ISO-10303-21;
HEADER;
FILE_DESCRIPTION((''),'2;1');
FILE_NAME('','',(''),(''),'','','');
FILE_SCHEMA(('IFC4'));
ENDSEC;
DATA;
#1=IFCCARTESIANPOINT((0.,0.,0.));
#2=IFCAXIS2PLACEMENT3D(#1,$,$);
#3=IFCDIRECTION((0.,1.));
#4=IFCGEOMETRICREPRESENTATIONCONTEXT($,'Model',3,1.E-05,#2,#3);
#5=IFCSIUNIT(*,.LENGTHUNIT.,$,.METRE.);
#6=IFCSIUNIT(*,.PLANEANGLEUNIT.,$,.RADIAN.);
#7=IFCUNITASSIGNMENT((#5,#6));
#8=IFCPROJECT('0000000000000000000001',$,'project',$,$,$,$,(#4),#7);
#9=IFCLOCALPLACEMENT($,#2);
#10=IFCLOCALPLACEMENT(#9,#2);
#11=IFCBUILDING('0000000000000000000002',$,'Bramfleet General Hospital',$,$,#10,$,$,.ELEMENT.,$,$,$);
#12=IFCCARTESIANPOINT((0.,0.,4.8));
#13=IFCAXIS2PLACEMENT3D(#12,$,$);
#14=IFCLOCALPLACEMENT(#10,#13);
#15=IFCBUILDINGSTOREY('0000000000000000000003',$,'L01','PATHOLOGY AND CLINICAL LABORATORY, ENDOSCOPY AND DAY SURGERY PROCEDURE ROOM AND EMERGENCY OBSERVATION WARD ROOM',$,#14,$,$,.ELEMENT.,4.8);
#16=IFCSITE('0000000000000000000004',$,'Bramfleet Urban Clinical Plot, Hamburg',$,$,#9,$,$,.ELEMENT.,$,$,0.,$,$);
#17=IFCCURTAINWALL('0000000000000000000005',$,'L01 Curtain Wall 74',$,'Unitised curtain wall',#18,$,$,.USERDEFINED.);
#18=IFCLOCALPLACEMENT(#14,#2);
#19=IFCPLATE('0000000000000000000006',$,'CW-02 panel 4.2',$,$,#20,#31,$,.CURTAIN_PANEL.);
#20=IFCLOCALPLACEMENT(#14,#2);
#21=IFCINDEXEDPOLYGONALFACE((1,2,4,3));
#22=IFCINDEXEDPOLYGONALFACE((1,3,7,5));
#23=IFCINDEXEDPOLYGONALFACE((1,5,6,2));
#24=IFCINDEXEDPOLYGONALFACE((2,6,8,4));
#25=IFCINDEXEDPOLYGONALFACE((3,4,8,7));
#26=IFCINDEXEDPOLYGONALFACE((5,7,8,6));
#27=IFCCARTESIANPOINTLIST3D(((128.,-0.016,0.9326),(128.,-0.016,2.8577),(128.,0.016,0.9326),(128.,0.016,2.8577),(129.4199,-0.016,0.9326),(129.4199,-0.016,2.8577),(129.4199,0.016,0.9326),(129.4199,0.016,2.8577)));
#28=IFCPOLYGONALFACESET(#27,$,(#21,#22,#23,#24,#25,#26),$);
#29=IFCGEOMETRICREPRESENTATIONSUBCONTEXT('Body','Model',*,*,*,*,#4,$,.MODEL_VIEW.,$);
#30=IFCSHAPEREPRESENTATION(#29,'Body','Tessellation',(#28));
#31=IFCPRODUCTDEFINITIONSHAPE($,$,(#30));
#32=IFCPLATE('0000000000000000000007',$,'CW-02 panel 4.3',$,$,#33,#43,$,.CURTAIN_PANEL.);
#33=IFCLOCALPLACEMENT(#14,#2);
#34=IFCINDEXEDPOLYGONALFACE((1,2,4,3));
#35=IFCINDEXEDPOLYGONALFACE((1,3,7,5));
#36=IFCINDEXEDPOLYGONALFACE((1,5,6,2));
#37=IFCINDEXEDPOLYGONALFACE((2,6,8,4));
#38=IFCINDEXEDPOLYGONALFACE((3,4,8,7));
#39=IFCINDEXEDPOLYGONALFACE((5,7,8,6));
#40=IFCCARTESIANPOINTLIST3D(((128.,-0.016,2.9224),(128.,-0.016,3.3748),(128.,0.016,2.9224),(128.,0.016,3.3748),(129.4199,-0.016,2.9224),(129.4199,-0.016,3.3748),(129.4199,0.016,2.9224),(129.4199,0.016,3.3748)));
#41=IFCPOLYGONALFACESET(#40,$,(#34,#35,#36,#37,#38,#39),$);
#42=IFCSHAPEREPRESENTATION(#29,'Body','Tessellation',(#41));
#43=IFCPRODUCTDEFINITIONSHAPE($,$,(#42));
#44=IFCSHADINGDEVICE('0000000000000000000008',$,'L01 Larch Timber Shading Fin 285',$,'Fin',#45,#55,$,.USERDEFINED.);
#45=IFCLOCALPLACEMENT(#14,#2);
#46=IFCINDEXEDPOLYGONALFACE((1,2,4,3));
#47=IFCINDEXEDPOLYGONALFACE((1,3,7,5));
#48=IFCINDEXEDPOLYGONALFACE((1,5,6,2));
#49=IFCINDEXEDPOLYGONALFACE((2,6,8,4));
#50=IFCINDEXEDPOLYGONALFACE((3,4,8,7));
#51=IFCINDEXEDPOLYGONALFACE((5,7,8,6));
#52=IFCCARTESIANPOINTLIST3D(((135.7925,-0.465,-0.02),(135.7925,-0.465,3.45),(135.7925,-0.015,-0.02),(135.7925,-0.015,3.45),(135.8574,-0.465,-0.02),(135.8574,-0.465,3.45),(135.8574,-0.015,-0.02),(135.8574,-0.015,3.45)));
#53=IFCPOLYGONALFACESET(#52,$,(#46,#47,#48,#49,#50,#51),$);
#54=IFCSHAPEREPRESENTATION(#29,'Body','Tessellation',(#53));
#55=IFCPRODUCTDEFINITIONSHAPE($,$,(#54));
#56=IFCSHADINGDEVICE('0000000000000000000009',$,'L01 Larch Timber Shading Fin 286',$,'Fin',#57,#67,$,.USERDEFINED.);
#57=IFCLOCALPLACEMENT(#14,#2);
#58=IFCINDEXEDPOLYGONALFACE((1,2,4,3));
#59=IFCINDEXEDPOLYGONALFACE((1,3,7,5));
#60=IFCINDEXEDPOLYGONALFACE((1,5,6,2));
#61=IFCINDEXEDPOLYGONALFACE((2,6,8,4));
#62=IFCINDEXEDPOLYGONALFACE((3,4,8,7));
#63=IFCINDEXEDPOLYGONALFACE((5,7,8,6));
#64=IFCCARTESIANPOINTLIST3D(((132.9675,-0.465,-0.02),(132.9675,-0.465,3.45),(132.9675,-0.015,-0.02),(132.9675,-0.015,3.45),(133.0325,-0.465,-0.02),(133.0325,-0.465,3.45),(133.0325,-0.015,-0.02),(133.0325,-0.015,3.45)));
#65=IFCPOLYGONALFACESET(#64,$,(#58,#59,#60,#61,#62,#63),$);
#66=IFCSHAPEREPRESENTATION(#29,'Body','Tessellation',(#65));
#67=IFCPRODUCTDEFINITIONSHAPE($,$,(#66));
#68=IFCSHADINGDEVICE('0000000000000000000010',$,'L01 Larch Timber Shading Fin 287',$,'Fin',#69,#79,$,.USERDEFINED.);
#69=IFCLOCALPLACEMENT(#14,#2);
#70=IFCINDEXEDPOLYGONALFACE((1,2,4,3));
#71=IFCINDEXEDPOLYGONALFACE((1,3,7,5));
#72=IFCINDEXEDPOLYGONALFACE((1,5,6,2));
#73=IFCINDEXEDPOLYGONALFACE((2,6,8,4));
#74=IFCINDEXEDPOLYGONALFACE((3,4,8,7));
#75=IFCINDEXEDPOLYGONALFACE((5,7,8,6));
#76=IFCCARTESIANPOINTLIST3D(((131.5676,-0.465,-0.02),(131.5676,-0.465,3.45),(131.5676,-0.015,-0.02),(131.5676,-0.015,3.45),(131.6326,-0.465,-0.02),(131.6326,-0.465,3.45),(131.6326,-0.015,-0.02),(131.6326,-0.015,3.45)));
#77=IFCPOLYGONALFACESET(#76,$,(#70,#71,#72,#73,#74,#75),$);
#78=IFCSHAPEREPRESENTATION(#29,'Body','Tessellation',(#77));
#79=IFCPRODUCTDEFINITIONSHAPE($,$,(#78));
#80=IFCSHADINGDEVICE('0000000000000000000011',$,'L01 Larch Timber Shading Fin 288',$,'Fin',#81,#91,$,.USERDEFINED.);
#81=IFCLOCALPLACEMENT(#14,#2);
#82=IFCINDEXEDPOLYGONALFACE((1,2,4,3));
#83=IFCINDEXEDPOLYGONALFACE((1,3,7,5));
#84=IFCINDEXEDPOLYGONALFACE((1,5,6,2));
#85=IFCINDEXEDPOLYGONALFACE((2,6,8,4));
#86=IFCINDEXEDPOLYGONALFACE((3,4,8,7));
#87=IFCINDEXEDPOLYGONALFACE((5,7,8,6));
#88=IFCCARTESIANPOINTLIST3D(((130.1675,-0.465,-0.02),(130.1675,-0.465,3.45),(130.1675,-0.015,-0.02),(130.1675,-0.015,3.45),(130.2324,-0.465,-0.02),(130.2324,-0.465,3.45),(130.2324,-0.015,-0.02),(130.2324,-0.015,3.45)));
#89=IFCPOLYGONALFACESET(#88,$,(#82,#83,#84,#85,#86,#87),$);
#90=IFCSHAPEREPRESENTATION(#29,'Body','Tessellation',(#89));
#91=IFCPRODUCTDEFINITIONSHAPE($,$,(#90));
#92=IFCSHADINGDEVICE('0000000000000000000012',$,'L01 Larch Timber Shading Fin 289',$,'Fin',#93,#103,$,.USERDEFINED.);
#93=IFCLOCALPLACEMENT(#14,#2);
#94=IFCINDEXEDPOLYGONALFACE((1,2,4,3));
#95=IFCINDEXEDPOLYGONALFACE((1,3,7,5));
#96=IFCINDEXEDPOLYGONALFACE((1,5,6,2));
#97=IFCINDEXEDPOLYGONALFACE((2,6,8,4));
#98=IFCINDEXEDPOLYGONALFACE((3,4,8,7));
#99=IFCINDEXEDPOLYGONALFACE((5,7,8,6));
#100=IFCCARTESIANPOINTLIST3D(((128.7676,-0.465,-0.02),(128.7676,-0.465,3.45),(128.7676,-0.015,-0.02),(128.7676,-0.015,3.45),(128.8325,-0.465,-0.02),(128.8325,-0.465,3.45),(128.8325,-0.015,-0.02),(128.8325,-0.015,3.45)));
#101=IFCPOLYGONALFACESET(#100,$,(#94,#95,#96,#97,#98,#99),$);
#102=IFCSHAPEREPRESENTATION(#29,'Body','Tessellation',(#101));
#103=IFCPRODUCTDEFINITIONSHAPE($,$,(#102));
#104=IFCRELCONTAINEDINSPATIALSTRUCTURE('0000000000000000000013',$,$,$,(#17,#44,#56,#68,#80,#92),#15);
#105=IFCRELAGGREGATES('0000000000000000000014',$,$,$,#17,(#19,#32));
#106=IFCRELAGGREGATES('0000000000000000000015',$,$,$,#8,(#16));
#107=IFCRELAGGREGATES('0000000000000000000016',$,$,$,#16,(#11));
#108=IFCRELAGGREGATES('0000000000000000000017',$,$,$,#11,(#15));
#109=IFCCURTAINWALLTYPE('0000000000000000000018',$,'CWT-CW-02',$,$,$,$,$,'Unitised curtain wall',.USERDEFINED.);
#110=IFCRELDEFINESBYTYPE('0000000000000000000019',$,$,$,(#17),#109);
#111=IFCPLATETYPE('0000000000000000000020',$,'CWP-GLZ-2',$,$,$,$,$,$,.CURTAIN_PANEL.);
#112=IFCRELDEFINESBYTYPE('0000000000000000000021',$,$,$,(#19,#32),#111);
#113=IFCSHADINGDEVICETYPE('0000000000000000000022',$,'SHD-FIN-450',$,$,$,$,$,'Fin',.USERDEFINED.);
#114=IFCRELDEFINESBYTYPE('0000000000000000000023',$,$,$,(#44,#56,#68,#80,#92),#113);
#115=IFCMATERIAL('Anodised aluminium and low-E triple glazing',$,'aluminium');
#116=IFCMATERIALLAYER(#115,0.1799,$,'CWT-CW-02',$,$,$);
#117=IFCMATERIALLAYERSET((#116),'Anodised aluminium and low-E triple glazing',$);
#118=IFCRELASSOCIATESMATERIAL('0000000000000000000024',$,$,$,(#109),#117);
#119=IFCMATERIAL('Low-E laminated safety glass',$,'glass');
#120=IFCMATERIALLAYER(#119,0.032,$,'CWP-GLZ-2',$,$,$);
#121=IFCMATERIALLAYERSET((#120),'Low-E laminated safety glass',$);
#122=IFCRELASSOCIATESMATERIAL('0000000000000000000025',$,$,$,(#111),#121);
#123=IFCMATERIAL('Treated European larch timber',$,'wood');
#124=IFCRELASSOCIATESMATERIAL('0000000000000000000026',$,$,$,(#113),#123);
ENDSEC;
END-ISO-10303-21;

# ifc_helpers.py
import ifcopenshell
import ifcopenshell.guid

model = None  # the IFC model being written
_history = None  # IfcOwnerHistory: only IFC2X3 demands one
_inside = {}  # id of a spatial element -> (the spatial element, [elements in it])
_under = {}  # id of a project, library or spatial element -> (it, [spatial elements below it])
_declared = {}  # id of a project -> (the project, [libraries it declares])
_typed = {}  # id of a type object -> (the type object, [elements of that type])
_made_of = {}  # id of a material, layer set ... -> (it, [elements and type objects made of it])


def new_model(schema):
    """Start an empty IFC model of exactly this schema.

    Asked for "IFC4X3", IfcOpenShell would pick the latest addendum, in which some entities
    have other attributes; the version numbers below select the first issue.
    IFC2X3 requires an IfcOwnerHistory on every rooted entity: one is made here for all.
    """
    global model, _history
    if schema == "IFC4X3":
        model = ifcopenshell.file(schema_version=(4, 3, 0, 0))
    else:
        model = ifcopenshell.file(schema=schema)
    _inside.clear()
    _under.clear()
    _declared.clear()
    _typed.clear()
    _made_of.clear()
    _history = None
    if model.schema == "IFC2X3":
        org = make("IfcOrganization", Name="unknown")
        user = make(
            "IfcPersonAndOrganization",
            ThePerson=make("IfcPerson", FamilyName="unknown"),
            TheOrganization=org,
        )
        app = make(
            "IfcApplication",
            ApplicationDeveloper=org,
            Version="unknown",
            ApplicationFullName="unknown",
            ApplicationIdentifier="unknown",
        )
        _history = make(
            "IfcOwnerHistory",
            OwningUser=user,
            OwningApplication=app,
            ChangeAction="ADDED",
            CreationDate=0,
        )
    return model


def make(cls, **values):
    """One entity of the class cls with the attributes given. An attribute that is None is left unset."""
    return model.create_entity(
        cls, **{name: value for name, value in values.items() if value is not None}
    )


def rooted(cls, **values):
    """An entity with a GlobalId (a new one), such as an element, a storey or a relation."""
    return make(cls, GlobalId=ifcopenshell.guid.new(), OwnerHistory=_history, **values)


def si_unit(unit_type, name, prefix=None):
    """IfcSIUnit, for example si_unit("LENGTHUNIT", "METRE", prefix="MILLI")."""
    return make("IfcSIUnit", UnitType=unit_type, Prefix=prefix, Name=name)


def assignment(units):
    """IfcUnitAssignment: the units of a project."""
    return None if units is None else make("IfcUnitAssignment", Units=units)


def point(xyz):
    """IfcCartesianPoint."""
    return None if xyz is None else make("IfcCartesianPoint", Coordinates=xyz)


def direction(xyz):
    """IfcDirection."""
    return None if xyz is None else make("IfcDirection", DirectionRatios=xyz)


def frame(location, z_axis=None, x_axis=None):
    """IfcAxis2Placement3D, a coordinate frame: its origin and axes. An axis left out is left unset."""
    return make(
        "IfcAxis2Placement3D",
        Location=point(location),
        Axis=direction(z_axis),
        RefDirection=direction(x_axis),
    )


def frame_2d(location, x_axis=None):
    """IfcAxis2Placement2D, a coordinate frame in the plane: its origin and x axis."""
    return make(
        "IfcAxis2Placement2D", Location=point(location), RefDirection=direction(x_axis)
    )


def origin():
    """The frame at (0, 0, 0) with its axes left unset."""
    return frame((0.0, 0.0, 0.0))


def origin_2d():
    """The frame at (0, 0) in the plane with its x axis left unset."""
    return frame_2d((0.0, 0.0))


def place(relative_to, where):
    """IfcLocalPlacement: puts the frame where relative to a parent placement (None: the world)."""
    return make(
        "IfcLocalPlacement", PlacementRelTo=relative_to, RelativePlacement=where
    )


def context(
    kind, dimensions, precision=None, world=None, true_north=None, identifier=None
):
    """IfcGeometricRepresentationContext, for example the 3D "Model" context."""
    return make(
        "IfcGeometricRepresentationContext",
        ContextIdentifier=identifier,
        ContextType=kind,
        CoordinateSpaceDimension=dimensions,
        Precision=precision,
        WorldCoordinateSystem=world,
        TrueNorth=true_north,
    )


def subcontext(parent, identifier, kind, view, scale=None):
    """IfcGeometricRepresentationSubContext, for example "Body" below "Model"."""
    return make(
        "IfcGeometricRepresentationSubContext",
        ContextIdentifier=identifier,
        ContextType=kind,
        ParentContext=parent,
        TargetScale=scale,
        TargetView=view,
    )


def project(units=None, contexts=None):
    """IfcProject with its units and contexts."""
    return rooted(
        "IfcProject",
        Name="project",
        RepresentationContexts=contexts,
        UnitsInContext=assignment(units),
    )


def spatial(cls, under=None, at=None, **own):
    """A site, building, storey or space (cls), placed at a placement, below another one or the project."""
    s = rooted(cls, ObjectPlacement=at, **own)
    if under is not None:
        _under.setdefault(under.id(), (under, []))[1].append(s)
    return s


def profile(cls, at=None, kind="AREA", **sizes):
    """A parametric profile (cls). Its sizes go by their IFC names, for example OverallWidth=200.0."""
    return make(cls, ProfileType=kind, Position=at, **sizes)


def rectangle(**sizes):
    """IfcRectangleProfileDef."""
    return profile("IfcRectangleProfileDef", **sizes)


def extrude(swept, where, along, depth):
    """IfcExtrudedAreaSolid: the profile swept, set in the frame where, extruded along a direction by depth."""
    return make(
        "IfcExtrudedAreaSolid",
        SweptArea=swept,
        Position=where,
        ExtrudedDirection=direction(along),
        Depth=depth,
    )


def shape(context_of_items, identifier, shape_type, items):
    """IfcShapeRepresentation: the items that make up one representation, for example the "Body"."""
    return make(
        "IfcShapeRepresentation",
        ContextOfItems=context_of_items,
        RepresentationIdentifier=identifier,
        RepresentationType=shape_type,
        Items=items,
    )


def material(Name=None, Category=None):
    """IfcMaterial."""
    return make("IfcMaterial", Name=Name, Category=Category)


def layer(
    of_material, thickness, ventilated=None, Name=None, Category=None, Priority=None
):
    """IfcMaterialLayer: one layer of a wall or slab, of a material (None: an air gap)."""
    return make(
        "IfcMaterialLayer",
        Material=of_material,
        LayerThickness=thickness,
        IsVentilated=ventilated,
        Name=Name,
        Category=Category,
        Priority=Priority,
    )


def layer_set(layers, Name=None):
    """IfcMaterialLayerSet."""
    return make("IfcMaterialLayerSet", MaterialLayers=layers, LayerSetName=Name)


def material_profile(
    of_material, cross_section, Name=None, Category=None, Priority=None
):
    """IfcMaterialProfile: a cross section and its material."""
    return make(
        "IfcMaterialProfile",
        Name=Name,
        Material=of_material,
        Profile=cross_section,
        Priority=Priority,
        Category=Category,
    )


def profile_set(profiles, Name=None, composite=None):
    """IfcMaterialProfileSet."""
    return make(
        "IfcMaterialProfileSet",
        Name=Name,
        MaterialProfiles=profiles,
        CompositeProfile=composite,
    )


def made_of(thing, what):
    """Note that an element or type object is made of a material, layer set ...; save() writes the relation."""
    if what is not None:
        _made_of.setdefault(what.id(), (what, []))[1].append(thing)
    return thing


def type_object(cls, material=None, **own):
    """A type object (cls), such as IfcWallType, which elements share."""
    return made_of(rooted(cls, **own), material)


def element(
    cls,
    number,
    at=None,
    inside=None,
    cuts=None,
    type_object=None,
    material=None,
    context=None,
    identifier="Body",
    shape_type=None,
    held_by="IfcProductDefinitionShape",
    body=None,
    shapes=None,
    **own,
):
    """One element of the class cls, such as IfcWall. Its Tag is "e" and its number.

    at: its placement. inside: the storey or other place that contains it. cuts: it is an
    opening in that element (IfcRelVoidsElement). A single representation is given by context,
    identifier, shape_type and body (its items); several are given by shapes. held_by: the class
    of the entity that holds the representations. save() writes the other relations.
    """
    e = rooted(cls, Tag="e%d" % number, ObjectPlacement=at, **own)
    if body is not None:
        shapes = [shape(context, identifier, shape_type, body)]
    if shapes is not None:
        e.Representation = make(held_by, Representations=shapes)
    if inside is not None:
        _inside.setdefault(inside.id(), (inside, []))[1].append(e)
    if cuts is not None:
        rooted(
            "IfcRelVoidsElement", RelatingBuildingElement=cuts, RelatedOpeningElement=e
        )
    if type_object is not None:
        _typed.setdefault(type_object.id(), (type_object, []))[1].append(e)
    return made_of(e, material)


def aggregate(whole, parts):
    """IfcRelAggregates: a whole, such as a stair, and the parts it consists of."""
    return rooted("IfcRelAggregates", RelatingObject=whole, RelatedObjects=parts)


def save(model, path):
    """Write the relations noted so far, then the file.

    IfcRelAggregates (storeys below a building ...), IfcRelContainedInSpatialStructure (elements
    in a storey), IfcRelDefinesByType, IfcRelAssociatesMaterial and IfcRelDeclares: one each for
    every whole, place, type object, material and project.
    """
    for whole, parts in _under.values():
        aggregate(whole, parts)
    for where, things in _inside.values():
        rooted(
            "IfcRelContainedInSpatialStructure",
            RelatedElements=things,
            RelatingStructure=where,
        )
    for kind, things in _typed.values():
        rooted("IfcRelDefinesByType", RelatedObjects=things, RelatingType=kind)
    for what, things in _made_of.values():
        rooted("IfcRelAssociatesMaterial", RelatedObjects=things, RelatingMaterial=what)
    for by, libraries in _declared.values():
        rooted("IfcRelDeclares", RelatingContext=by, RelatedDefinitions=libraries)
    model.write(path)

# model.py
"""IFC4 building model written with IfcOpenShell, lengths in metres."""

from ifc_helpers import new_model, si_unit, direction, frame, origin, origin_2d, place, context, subcontext, project, spatial, rectangle, extrude, material, layer, layer_set, material_profile, profile_set, type_object, element, aggregate, save


model = new_model("IFC4")

# Units and contexts
model_context = context("Model", 3, precision=1e-05, world=origin(), true_north=direction((0.0, 1.0)))
body_context = subcontext(model_context, "Body", "Model", "MODEL_VIEW")
ifc_project = project(units=[si_unit("LENGTHUNIT", "METRE"), si_unit("PLANEANGLEUNIT", "RADIAN")], contexts=[model_context])

# Site, building, storey
site_placement = place(None, origin())
site = spatial("IfcSite", under=ifc_project, at=site_placement, Name="Bramfleet Urban Clinical Plot, Hamburg", CompositionType="ELEMENT", RefElevation=0.0)
building_placement = place(site_placement, origin())
building = spatial("IfcBuilding", under=site, at=building_placement, Name="Bramfleet General Hospital", CompositionType="ELEMENT")
storey_placement = place(building_placement, frame((0.0, 0.0, 4.8)))
storey = spatial("IfcBuildingStorey", under=building, at=storey_placement, Name="L01", Description="PATHOLOGY AND CLINICAL LABORATORY, ENDOSCOPY AND DAY SURGERY PROCEDURE ROOM AND EMERGENCY OBSERVATION WARD ROOM", CompositionType="ELEMENT", Elevation=4.8)

# Curtain wall, plates
ifc_material_1 = material(Name="Anodised aluminium and low-E triple glazing", Category="aluminium")
ifc_layer_1 = layer(ifc_material_1, 0.1799, Name="CWT-CW-02")
ifc_layer_set_1 = layer_set([ifc_layer_1], Name="Anodised aluminium and low-E triple glazing")
curtain_wall_type = type_object("IfcCurtainWallType", Name="CWT-CW-02", ElementType="Unitised curtain wall", PredefinedType="USERDEFINED", material=ifc_layer_set_1)
curtain_wall_placement = place(storey_placement, origin())
curtain_wall = element("IfcCurtainWall", 1, at=curtain_wall_placement, inside=storey, type_object=curtain_wall_type, Name="L01 Curtain Wall 74", ObjectType="Unitised curtain wall", PredefinedType="USERDEFINED")
ifc_material_2 = material(Name="Low-E laminated safety glass", Category="glass")
ifc_layer_2 = layer(ifc_material_2, 0.032, Name="CWP-GLZ-2")
ifc_layer_set_2 = layer_set([ifc_layer_2], Name="Low-E laminated safety glass")
plate_type = type_object("IfcPlateType", Name="CWP-GLZ-2", PredefinedType="CURTAIN_PANEL", material=ifc_layer_set_2)
plate_1_placement = place(storey_placement, frame((128.71, 0.0, 0.9326), z_axis=(0.0, 0.0, 1.0), x_axis=(-1.0, 0.0, 0.0)))
plate_1 = element("IfcPlate", 2, at=plate_1_placement, type_object=plate_type, Name="CW-02 panel 4.2", PredefinedType="CURTAIN_PANEL", context=body_context, shape_type="SweptSolid", body=[
    extrude(rectangle(XDim=1.4199, YDim=0.032, at=origin_2d()), origin(), (0.0, 0.0, 1.0), 1.925),
])
plate_2_placement = place(storey_placement, frame((128.71, 0.0, 2.9224), z_axis=(0.0, 0.0, 1.0), x_axis=(-1.0, 0.0, 0.0)))
plate_2 = element("IfcPlate", 3, at=plate_2_placement, type_object=plate_type, Name="CW-02 panel 4.3", PredefinedType="CURTAIN_PANEL", context=body_context, shape_type="SweptSolid", body=[
    extrude(rectangle(XDim=1.4199, YDim=0.032, at=origin_2d()), origin(), (0.0, 0.0, 1.0), 0.4524),
])
aggregate(curtain_wall, [plate_1, plate_2])

# Shading devices
ifc_material_3 = material(Name="Treated European larch timber", Category="wood")
ifc_material_profile_1 = material_profile(ifc_material_3, rectangle(XDim=0.0649, YDim=0.45, at=origin_2d()), Name="LARCH FIN 450x65")
ifc_profile_set_1 = profile_set([ifc_material_profile_1], Name="Treated European larch timber")
shading_device_type = type_object("IfcShadingDeviceType", Name="SHD-FIN-450", ElementType="Fin", PredefinedType="USERDEFINED", material=ifc_profile_set_1)
for number, where, z_axis, x_axis, name in (
    (4, (135.825, -0.24, -0.02), (0.0, 0.0, 1.0), (-1.0, 0.0, 0.0), "L01 Larch Timber Shading Fin 285"),
    (5, (133.0, -0.24, -0.02), (0.0, 0.0, 1.0), (-1.0, 0.0, 0.0), "L01 Larch Timber Shading Fin 286"),
    (6, (131.6001, -0.24, -0.02), (0.0, 0.0, 1.0), (-1.0, 0.0, 0.0), "L01 Larch Timber Shading Fin 287"),
    (7, (130.2, -0.24, -0.02), (0.0, 0.0, 1.0), (-1.0, 0.0, 0.0), "L01 Larch Timber Shading Fin 288"),
    (8, (128.8, -0.24, -0.02), (0.0, 0.0, 1.0), (-1.0, 0.0, 0.0), "L01 Larch Timber Shading Fin 289"),
):
    element("IfcShadingDevice", number, at=place(storey_placement, frame(where, z_axis=z_axis, x_axis=x_axis)), inside=storey, type_object=shading_device_type, Name=name, ObjectType="Fin", PredefinedType="USERDEFINED", context=body_context, shape_type="SweptSolid", body=[
        extrude(rectangle(XDim=0.0649, YDim=0.45, at=origin_2d()), origin(), (0.0, 0.0, 1.0), 3.47),
    ])

save(model, "model.ifc")
